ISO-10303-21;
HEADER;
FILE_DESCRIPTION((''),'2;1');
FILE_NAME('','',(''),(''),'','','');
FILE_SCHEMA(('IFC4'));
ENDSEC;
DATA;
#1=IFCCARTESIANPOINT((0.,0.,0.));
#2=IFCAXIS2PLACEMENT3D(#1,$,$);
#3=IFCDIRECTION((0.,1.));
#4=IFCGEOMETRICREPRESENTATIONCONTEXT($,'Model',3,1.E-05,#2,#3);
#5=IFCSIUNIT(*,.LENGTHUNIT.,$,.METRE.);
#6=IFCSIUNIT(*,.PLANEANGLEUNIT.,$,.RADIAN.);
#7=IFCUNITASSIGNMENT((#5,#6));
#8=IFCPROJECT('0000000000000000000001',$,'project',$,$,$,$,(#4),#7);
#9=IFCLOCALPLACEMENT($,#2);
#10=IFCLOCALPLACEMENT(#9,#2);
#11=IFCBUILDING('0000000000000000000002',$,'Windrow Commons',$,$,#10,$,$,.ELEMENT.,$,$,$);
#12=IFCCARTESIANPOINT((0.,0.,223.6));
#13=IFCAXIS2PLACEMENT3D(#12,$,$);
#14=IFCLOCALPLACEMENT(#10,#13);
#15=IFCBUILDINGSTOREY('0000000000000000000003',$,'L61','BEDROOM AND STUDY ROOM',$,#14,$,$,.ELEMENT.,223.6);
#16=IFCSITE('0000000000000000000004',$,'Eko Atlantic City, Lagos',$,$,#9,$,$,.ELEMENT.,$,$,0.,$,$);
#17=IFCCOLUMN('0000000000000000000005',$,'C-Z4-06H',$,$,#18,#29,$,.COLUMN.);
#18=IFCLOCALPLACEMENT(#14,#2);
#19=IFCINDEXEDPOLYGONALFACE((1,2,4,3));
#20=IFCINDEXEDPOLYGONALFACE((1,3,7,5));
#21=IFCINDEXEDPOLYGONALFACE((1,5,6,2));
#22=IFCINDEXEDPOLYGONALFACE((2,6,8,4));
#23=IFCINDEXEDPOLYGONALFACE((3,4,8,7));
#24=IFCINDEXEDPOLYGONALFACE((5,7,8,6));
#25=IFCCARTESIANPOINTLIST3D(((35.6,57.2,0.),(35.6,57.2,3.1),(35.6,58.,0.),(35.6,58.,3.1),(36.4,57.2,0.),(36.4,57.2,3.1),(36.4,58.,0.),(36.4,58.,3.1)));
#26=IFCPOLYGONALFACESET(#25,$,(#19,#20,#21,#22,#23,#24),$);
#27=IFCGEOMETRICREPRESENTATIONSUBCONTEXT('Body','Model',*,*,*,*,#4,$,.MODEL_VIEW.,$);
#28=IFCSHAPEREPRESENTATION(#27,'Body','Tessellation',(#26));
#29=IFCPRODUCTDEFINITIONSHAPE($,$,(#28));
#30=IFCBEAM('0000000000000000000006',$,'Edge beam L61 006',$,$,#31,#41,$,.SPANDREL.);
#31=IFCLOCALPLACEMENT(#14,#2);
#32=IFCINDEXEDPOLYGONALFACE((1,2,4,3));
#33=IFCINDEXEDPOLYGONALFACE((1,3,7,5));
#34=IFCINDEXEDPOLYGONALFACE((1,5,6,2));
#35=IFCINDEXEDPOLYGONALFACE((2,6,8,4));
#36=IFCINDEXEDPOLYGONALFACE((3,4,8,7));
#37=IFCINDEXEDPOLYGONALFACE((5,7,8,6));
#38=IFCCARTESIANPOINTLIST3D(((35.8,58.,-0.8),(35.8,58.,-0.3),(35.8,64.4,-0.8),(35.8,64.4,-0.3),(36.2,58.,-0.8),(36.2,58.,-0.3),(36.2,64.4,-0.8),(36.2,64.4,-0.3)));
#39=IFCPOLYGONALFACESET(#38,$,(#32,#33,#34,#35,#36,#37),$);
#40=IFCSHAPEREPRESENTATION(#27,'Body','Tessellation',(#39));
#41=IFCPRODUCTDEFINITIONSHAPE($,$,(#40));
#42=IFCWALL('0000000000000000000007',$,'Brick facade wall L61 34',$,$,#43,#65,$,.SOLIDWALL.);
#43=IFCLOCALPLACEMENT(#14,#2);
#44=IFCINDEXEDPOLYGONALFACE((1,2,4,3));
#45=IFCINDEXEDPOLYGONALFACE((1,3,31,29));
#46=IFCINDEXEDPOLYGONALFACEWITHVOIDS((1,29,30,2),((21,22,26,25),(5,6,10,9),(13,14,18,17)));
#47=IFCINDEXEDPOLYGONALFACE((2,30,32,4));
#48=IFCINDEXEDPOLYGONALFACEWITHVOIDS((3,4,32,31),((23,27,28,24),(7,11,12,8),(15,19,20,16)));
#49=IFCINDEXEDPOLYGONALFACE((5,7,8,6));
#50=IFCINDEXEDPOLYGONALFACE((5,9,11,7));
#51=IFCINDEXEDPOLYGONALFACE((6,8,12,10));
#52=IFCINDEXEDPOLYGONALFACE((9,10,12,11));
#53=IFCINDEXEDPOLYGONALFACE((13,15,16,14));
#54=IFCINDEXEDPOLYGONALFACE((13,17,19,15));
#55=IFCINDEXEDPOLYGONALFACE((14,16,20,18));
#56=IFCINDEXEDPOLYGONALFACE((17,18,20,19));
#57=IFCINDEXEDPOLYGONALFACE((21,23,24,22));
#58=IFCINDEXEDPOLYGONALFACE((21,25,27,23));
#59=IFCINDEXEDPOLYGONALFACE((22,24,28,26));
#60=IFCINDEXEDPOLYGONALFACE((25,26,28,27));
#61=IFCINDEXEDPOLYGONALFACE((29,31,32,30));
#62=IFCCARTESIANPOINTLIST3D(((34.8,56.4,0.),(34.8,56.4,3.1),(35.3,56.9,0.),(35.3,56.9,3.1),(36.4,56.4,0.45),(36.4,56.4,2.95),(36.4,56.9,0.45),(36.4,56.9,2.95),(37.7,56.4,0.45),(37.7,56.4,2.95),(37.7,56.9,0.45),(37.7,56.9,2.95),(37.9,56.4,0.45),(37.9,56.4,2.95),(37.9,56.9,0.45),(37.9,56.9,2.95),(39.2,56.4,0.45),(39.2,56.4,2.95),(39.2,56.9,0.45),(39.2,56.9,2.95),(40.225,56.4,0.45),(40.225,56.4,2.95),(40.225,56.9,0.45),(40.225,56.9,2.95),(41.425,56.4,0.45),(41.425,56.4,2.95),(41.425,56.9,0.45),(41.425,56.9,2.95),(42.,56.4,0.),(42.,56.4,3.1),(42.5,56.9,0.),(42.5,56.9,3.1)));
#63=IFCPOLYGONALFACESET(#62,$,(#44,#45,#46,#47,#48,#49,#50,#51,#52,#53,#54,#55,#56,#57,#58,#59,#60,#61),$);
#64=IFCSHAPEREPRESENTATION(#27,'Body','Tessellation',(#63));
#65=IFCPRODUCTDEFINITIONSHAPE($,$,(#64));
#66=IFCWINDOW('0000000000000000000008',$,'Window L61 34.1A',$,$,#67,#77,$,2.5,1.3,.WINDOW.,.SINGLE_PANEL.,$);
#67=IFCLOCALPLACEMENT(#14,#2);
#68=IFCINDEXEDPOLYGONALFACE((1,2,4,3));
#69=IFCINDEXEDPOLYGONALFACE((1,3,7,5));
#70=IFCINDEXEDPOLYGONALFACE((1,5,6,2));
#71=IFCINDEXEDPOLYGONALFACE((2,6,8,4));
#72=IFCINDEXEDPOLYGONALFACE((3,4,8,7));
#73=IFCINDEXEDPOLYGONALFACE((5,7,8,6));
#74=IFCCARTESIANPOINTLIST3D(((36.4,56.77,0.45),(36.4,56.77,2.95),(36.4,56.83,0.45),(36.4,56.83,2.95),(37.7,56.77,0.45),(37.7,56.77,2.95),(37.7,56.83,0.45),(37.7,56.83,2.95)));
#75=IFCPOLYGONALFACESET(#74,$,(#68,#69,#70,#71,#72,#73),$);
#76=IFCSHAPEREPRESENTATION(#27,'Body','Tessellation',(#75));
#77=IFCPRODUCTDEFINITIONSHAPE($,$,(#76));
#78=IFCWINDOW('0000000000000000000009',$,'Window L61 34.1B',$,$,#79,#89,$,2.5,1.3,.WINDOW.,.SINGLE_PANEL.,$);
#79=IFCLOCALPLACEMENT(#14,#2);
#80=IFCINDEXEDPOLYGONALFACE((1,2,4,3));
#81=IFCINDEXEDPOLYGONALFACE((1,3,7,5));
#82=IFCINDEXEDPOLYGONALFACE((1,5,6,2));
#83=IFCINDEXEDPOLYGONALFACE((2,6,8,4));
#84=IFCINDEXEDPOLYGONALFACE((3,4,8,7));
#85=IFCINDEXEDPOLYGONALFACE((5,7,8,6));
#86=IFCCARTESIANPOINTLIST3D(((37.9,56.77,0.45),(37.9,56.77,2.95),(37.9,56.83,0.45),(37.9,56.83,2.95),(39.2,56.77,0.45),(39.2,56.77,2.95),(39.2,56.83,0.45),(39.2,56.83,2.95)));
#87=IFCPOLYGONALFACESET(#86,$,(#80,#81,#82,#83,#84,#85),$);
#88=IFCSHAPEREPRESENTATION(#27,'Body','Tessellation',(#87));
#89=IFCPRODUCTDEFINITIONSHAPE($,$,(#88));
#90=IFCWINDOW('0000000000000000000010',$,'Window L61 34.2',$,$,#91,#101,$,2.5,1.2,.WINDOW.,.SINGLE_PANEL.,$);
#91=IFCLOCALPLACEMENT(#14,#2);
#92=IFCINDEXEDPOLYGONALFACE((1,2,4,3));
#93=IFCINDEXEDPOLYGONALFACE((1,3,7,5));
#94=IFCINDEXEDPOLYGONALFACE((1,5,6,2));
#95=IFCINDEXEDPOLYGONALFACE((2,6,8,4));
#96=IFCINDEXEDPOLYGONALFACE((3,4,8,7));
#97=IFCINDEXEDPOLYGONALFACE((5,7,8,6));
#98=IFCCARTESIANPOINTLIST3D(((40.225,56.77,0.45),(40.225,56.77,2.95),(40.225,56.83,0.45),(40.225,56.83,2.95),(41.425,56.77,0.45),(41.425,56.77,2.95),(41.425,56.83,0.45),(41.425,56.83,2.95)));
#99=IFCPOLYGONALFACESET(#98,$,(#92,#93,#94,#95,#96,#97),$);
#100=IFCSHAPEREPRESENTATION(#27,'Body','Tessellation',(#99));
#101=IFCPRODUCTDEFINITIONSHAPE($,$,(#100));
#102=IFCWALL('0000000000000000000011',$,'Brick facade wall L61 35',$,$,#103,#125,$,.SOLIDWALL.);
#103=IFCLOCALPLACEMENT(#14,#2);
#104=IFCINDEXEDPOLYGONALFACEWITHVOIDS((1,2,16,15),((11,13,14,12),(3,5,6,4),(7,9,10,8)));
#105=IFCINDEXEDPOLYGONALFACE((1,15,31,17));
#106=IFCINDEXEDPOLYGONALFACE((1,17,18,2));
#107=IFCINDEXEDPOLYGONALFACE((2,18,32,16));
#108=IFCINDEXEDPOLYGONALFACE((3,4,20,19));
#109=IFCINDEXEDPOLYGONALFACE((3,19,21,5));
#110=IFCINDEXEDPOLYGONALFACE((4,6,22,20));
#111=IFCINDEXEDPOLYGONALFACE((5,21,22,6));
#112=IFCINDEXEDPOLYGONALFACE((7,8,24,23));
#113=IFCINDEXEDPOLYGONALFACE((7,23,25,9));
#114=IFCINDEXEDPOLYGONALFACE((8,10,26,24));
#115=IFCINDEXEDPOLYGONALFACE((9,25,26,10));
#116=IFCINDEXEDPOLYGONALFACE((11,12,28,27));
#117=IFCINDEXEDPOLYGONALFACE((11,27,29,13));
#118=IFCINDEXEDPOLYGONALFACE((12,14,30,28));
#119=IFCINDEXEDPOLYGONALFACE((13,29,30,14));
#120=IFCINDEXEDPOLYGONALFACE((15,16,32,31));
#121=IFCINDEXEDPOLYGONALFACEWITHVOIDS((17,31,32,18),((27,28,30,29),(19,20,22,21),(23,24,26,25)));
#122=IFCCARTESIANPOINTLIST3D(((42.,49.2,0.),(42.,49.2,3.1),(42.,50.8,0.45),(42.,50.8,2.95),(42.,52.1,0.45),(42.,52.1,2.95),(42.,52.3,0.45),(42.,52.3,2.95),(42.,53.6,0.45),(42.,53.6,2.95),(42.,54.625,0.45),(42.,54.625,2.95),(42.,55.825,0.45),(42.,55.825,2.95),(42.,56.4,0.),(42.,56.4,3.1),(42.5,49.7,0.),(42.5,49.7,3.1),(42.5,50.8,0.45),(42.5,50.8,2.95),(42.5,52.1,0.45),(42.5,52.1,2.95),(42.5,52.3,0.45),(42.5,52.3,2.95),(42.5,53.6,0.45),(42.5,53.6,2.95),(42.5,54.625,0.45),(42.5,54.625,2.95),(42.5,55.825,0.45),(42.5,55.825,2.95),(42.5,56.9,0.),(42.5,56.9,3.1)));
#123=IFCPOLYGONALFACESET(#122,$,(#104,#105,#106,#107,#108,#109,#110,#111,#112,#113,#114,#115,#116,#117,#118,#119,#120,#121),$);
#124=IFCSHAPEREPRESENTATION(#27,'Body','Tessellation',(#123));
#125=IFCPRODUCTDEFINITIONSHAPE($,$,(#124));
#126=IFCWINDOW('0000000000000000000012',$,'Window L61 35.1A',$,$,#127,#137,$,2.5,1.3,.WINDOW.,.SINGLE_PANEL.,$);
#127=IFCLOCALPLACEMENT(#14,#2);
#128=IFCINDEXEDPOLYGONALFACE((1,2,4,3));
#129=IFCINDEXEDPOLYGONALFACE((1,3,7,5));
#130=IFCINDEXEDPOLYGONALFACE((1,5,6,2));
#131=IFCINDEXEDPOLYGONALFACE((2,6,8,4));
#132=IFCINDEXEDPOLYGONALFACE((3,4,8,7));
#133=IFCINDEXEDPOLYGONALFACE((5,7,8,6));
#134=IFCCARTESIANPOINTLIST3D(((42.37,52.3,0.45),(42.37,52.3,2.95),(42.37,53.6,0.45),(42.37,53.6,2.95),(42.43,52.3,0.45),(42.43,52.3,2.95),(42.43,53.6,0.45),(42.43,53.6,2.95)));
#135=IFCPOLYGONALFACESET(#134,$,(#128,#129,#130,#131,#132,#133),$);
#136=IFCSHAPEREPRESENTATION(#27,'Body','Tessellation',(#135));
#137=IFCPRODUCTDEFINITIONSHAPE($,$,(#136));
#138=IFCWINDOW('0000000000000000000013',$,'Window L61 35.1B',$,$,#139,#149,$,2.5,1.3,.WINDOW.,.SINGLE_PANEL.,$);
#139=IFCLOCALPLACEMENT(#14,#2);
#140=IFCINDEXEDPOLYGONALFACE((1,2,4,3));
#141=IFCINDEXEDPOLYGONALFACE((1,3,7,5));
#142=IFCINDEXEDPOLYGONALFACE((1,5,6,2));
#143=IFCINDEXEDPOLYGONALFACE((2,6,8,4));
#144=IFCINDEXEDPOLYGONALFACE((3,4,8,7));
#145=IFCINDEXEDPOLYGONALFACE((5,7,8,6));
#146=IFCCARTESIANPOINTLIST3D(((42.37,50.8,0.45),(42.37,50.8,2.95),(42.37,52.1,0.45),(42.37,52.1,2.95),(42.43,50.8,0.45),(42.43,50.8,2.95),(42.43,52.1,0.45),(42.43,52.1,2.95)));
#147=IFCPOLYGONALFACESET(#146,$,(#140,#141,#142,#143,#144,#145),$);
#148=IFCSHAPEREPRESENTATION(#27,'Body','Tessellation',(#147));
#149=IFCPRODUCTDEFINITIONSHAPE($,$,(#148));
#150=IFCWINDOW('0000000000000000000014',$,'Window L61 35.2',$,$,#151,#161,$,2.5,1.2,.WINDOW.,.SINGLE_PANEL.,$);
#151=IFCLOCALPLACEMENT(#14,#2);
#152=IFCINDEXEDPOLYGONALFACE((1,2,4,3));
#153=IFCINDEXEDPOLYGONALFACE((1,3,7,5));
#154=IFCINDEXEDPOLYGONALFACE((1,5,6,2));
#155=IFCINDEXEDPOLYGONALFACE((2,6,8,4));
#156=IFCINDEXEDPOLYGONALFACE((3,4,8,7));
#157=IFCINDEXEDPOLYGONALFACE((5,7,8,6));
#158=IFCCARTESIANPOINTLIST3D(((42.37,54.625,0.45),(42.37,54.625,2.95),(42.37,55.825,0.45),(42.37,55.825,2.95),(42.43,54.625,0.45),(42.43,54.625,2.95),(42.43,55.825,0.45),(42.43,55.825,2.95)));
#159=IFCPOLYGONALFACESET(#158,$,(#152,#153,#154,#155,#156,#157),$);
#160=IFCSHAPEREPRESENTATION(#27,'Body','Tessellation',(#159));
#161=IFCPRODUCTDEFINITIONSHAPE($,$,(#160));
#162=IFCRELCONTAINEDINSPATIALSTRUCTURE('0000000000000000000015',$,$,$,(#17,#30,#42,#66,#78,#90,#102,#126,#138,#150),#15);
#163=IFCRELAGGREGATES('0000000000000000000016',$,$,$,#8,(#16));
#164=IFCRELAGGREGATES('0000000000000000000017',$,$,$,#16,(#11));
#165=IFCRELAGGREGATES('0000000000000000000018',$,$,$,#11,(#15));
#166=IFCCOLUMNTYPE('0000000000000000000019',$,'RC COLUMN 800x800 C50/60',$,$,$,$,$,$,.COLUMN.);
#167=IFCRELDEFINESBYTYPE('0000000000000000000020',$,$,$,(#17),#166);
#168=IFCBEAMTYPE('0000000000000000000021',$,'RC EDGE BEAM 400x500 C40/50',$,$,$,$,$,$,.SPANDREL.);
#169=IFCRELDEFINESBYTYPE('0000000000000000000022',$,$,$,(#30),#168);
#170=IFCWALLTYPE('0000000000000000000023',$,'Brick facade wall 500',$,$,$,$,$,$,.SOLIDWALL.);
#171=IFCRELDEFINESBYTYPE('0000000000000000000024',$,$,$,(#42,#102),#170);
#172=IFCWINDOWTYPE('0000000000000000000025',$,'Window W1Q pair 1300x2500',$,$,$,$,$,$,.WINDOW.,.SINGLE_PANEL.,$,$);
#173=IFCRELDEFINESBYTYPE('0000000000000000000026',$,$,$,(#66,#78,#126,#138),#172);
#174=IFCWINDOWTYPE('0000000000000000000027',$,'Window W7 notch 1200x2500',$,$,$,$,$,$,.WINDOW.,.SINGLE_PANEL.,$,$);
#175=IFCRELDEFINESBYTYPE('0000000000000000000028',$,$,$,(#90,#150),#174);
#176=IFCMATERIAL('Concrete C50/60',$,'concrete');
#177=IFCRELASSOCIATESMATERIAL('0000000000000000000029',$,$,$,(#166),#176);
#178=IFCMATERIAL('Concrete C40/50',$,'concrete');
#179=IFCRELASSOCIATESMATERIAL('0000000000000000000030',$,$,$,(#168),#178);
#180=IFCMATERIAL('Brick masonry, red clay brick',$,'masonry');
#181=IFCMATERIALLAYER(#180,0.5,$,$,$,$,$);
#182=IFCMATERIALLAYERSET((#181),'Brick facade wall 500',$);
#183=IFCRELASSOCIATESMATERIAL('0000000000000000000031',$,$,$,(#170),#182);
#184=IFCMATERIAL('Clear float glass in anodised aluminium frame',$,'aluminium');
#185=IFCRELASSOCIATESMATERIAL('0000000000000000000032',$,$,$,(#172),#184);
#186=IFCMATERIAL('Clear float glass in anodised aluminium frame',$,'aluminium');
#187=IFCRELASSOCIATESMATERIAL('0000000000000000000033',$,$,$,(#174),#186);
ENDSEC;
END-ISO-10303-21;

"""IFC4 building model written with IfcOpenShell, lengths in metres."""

from ifc_helpers import new_model, si_unit, direction, frame, frame_2d, origin, origin_2d, place, context, subcontext, project, spatial, polyline, rectangle, outline, extrude, material, layer, layer_set, material_profile, profile_set, type_object, element, fill, save


model = new_model("IFC4")

# Units and contexts
model_context = context("Model", 3, precision=1e-05, world=origin(), true_north=direction((0.0, 1.0)))
body_context = subcontext(model_context, "Body", "Model", "MODEL_VIEW")
ifc_project = project(units=[si_unit("LENGTHUNIT", "METRE"), si_unit("PLANEANGLEUNIT", "RADIAN")], contexts=[model_context])

# Site, building, storey
site_placement = place(None, origin())
site = spatial("IfcSite", under=ifc_project, at=site_placement, Name="Eko Atlantic City, Lagos", CompositionType="ELEMENT", RefElevation=0.0)
building_placement = place(site_placement, origin())
building = spatial("IfcBuilding", under=site, at=building_placement, Name="Windrow Commons", CompositionType="ELEMENT")
storey_placement = place(building_placement, frame((0.0, 0.0, 223.6)))
storey = spatial("IfcBuildingStorey", under=building, at=storey_placement, Name="L61", Description="BEDROOM AND STUDY ROOM", CompositionType="ELEMENT", Elevation=223.6)

# Column
ifc_material_1 = material(Name="Concrete C50/60", Category="concrete")
ifc_material_profile_1 = material_profile(ifc_material_1, rectangle(XDim=0.8, YDim=0.8, at=origin_2d()))
ifc_profile_set_1 = profile_set([ifc_material_profile_1], Name="Concrete C50/60")
column_type = type_object("IfcColumnType", Name="RC COLUMN 800x800 C50/60", PredefinedType="COLUMN", material=ifc_profile_set_1)
column_placement = place(storey_placement, frame((36.0, 57.6, 0.0), z_axis=(0.0, 0.0, 1.0), x_axis=(1.0, 0.0, 0.0)))
element("IfcColumn", 1, at=column_placement, inside=storey, type_object=column_type, Name="C-Z4-06H", PredefinedType="COLUMN", context=body_context, shape_type="SweptSolid", body=[
    extrude(rectangle(XDim=0.8, YDim=0.8, at=origin_2d()), origin(), (0.0, 0.0, 1.0), 3.1),
])

# Beam
ifc_material_2 = material(Name="Concrete C40/50", Category="concrete")
ifc_material_profile_2 = material_profile(ifc_material_2, rectangle(XDim=0.4, YDim=0.5, at=origin_2d()))
ifc_profile_set_2 = profile_set([ifc_material_profile_2], Name="Concrete C40/50")
beam_type = type_object("IfcBeamType", Name="RC EDGE BEAM 400x500 C40/50", PredefinedType="SPANDREL", material=ifc_profile_set_2)
beam_placement = place(storey_placement, frame((36.0, 58.0, -0.55), z_axis=(0.0, 1.0, 0.0), x_axis=(-1.0, 0.0, 0.0)))
element("IfcBeam", 2, at=beam_placement, inside=storey, type_object=beam_type, Name="Edge beam L61 006", PredefinedType="SPANDREL", context=body_context, shape_type="SweptSolid", body=[
    extrude(rectangle(XDim=0.4, YDim=0.5, at=origin_2d()), origin(), (0.0, 0.0, 1.0), 6.4),
])

# Walls, openings, windows
ifc_material_3 = material(Name="Brick masonry, red clay brick", Category="masonry")
ifc_layer_1 = layer(ifc_material_3, 0.5)
ifc_layer_set_1 = layer_set([ifc_layer_1], Name="Brick facade wall 500")
wall_type_1 = type_object("IfcWallType", Name="Brick facade wall 500", PredefinedType="SOLIDWALL", material=ifc_layer_set_1)
wall_1_placement = place(storey_placement, frame((35.05, 56.65, 0.0), z_axis=(0.0, 0.0, 1.0), x_axis=(1.0, 0.0, 0.0)))
wall_1 = element("IfcWall", 3, at=wall_1_placement, inside=storey, type_object=wall_type_1, Name="Brick facade wall L61 34", PredefinedType="SOLIDWALL", context=body_context, shape_type="SweptSolid", body=[
    extrude(outline(polyline([(-0.25, -0.25), (6.95, -0.25), (7.45, 0.25), (0.25, 0.25), (-0.25, -0.25)])), origin(), (0.0, 0.0, 1.0), 3.1),
])
opening_1_placement = place(wall_1_placement, frame((1.35, 0.0, 0.45)))
opening_1 = element("IfcOpeningElement", 4, at=opening_1_placement, cuts=wall_1, PredefinedType="OPENING", context=body_context, shape_type="SweptSolid", body=[
    extrude(rectangle(XDim=1.3, YDim=2.5, at=frame_2d((0.65, 1.25))), frame((0.0, 0.26, 0.0), z_axis=(0.0, -1.0, 0.0), x_axis=(1.0, 0.0, 0.0)), (0.0, 0.0, 1.0), 0.52),
])
opening_2_placement = place(wall_1_placement, frame((2.85, 0.0, 0.45)))
opening_2 = element("IfcOpeningElement", 5, at=opening_2_placement, cuts=wall_1, PredefinedType="OPENING", context=body_context, shape_type="SweptSolid", body=[
    extrude(rectangle(XDim=1.3, YDim=2.5, at=frame_2d((0.65, 1.25))), frame((0.0, 0.26, 0.0), z_axis=(0.0, -1.0, 0.0), x_axis=(1.0, 0.0, 0.0)), (0.0, 0.0, 1.0), 0.52),
])
opening_3_placement = place(wall_1_placement, frame((5.175, 0.0, 0.45)))
opening_3 = element("IfcOpeningElement", 6, at=opening_3_placement, cuts=wall_1, PredefinedType="OPENING", context=body_context, shape_type="SweptSolid", body=[
    extrude(rectangle(XDim=1.2, YDim=2.5, at=frame_2d((0.6, 1.25))), frame((0.0, 0.26, 0.0), z_axis=(0.0, -1.0, 0.0), x_axis=(1.0, 0.0, 0.0)), (0.0, 0.0, 1.0), 0.52),
])
ifc_material_4 = material(Name="Clear float glass in anodised aluminium frame", Category="aluminium")
window_type_1 = type_object("IfcWindowType", Name="Window W1Q pair 1300x2500", PartitioningType="SINGLE_PANEL", PredefinedType="WINDOW", material=ifc_material_4)
window_1_placement = place(opening_1_placement, origin())
window_1 = element("IfcWindow", 7, at=window_1_placement, inside=storey, type_object=window_type_1, Name="Window L61 34.1A", OverallHeight=2.5, OverallWidth=1.3, PartitioningType="SINGLE_PANEL", PredefinedType="WINDOW", context=body_context, shape_type="SweptSolid", body=[
    extrude(rectangle(XDim=1.3, YDim=2.5, at=frame_2d((0.65, 1.25))), frame((0.0, 0.18, 0.0), z_axis=(0.0, -1.0, 0.0), x_axis=(1.0, 0.0, 0.0)), (0.0, 0.0, 1.0), 0.06),
])
fill(opening_1, window_1)
window_2_placement = place(opening_2_placement, origin())
window_2 = element("IfcWindow", 8, at=window_2_placement, inside=storey, type_object=window_type_1, Name="Window L61 34.1B", OverallHeight=2.5, OverallWidth=1.3, PartitioningType="SINGLE_PANEL", PredefinedType="WINDOW", context=body_context, shape_type="SweptSolid", body=[
    extrude(rectangle(XDim=1.3, YDim=2.5, at=frame_2d((0.65, 1.25))), frame((0.0, 0.18, 0.0), z_axis=(0.0, -1.0, 0.0), x_axis=(1.0, 0.0, 0.0)), (0.0, 0.0, 1.0), 0.06),
])
fill(opening_2, window_2)
ifc_material_5 = material(Name="Clear float glass in anodised aluminium frame", Category="aluminium")
window_type_2 = type_object("IfcWindowType", Name="Window W7 notch 1200x2500", PartitioningType="SINGLE_PANEL", PredefinedType="WINDOW", material=ifc_material_5)
window_3_placement = place(opening_3_placement, origin())
window_3 = element("IfcWindow", 9, at=window_3_placement, inside=storey, type_object=window_type_2, Name="Window L61 34.2", OverallHeight=2.5, OverallWidth=1.2, PartitioningType="SINGLE_PANEL", PredefinedType="WINDOW", context=body_context, shape_type="SweptSolid", body=[
    extrude(rectangle(XDim=1.2, YDim=2.5, at=frame_2d((0.6, 1.25))), frame((0.0, 0.18, 0.0), z_axis=(0.0, -1.0, 0.0), x_axis=(1.0, 0.0, 0.0)), (0.0, 0.0, 1.0), 0.06),
])
fill(opening_3, window_3)
wall_2_placement = place(storey_placement, frame((42.25, 56.65, 0.0), z_axis=(0.0, 0.0, 1.0), x_axis=(0.0, -1.0, 0.0)))
wall_2 = element("IfcWall", 10, at=wall_2_placement, inside=storey, type_object=wall_type_1, Name="Brick facade wall L61 35", PredefinedType="SOLIDWALL", context=body_context, shape_type="SweptSolid", body=[
    extrude(outline(polyline([(0.25, -0.25), (7.45, -0.25), (6.95, 0.25), (-0.25, 0.25), (0.25, -0.25)])), origin(), (0.0, 0.0, 1.0), 3.1),
])
opening_4_placement = place(wall_2_placement, frame((3.05, 0.0, 0.45)))
opening_4 = element("IfcOpeningElement", 11, at=opening_4_placement, cuts=wall_2, PredefinedType="OPENING", context=body_context, shape_type="SweptSolid", body=[
    extrude(rectangle(XDim=1.3, YDim=2.5, at=frame_2d((0.65, 1.25))), frame((0.0, 0.26, 0.0), z_axis=(0.0, -1.0, 0.0), x_axis=(1.0, 0.0, 0.0)), (0.0, 0.0, 1.0), 0.52),
])
opening_5_placement = place(wall_2_placement, frame((4.55, 0.0, 0.45)))
opening_5 = element("IfcOpeningElement", 12, at=opening_5_placement, cuts=wall_2, PredefinedType="OPENING", context=body_context, shape_type="SweptSolid", body=[
    extrude(rectangle(XDim=1.3, YDim=2.5, at=frame_2d((0.65, 1.25))), frame((0.0, 0.26, 0.0), z_axis=(0.0, -1.0, 0.0), x_axis=(1.0, 0.0, 0.0)), (0.0, 0.0, 1.0), 0.52),
])
opening_6_placement = place(wall_2_placement, frame((0.825, 0.0, 0.45)))
opening_6 = element("IfcOpeningElement", 13, at=opening_6_placement, cuts=wall_2, PredefinedType="OPENING", context=body_context, shape_type="SweptSolid", body=[
    extrude(rectangle(XDim=1.2, YDim=2.5, at=frame_2d((0.6, 1.25))), frame((0.0, 0.26, 0.0), z_axis=(0.0, -1.0, 0.0), x_axis=(1.0, 0.0, 0.0)), (0.0, 0.0, 1.0), 0.52),
])
window_4_placement = place(opening_4_placement, origin())
window_4 = element("IfcWindow", 14, at=window_4_placement, inside=storey, type_object=window_type_1, Name="Window L61 35.1A", OverallHeight=2.5, OverallWidth=1.3, PartitioningType="SINGLE_PANEL", PredefinedType="WINDOW", context=body_context, shape_type="SweptSolid", body=[
    extrude(rectangle(XDim=1.3, YDim=2.5, at=frame_2d((0.65, 1.25))), frame((0.0, 0.18, 0.0), z_axis=(0.0, -1.0, 0.0), x_axis=(1.0, 0.0, 0.0)), (0.0, 0.0, 1.0), 0.06),
])
fill(opening_4, window_4)
window_5_placement = place(opening_5_placement, origin())
window_5 = element("IfcWindow", 15, at=window_5_placement, inside=storey, type_object=window_type_1, Name="Window L61 35.1B", OverallHeight=2.5, OverallWidth=1.3, PartitioningType="SINGLE_PANEL", PredefinedType="WINDOW", context=body_context, shape_type="SweptSolid", body=[
    extrude(rectangle(XDim=1.3, YDim=2.5, at=frame_2d((0.65, 1.25))), frame((0.0, 0.18, 0.0), z_axis=(0.0, -1.0, 0.0), x_axis=(1.0, 0.0, 0.0)), (0.0, 0.0, 1.0), 0.06),
])
fill(opening_5, window_5)
window_6_placement = place(opening_6_placement, origin())
window_6 = element("IfcWindow", 16, at=window_6_placement, inside=storey, type_object=window_type_2, Name="Window L61 35.2", OverallHeight=2.5, OverallWidth=1.2, PartitioningType="SINGLE_PANEL", PredefinedType="WINDOW", context=body_context, shape_type="SweptSolid", body=[
    extrude(rectangle(XDim=1.2, YDim=2.5, at=frame_2d((0.6, 1.25))), frame((0.0, 0.18, 0.0), z_axis=(0.0, -1.0, 0.0), x_axis=(1.0, 0.0, 0.0)), (0.0, 0.0, 1.0), 0.06),
])
fill(opening_6, window_6)

save(model, "model.ifc")
